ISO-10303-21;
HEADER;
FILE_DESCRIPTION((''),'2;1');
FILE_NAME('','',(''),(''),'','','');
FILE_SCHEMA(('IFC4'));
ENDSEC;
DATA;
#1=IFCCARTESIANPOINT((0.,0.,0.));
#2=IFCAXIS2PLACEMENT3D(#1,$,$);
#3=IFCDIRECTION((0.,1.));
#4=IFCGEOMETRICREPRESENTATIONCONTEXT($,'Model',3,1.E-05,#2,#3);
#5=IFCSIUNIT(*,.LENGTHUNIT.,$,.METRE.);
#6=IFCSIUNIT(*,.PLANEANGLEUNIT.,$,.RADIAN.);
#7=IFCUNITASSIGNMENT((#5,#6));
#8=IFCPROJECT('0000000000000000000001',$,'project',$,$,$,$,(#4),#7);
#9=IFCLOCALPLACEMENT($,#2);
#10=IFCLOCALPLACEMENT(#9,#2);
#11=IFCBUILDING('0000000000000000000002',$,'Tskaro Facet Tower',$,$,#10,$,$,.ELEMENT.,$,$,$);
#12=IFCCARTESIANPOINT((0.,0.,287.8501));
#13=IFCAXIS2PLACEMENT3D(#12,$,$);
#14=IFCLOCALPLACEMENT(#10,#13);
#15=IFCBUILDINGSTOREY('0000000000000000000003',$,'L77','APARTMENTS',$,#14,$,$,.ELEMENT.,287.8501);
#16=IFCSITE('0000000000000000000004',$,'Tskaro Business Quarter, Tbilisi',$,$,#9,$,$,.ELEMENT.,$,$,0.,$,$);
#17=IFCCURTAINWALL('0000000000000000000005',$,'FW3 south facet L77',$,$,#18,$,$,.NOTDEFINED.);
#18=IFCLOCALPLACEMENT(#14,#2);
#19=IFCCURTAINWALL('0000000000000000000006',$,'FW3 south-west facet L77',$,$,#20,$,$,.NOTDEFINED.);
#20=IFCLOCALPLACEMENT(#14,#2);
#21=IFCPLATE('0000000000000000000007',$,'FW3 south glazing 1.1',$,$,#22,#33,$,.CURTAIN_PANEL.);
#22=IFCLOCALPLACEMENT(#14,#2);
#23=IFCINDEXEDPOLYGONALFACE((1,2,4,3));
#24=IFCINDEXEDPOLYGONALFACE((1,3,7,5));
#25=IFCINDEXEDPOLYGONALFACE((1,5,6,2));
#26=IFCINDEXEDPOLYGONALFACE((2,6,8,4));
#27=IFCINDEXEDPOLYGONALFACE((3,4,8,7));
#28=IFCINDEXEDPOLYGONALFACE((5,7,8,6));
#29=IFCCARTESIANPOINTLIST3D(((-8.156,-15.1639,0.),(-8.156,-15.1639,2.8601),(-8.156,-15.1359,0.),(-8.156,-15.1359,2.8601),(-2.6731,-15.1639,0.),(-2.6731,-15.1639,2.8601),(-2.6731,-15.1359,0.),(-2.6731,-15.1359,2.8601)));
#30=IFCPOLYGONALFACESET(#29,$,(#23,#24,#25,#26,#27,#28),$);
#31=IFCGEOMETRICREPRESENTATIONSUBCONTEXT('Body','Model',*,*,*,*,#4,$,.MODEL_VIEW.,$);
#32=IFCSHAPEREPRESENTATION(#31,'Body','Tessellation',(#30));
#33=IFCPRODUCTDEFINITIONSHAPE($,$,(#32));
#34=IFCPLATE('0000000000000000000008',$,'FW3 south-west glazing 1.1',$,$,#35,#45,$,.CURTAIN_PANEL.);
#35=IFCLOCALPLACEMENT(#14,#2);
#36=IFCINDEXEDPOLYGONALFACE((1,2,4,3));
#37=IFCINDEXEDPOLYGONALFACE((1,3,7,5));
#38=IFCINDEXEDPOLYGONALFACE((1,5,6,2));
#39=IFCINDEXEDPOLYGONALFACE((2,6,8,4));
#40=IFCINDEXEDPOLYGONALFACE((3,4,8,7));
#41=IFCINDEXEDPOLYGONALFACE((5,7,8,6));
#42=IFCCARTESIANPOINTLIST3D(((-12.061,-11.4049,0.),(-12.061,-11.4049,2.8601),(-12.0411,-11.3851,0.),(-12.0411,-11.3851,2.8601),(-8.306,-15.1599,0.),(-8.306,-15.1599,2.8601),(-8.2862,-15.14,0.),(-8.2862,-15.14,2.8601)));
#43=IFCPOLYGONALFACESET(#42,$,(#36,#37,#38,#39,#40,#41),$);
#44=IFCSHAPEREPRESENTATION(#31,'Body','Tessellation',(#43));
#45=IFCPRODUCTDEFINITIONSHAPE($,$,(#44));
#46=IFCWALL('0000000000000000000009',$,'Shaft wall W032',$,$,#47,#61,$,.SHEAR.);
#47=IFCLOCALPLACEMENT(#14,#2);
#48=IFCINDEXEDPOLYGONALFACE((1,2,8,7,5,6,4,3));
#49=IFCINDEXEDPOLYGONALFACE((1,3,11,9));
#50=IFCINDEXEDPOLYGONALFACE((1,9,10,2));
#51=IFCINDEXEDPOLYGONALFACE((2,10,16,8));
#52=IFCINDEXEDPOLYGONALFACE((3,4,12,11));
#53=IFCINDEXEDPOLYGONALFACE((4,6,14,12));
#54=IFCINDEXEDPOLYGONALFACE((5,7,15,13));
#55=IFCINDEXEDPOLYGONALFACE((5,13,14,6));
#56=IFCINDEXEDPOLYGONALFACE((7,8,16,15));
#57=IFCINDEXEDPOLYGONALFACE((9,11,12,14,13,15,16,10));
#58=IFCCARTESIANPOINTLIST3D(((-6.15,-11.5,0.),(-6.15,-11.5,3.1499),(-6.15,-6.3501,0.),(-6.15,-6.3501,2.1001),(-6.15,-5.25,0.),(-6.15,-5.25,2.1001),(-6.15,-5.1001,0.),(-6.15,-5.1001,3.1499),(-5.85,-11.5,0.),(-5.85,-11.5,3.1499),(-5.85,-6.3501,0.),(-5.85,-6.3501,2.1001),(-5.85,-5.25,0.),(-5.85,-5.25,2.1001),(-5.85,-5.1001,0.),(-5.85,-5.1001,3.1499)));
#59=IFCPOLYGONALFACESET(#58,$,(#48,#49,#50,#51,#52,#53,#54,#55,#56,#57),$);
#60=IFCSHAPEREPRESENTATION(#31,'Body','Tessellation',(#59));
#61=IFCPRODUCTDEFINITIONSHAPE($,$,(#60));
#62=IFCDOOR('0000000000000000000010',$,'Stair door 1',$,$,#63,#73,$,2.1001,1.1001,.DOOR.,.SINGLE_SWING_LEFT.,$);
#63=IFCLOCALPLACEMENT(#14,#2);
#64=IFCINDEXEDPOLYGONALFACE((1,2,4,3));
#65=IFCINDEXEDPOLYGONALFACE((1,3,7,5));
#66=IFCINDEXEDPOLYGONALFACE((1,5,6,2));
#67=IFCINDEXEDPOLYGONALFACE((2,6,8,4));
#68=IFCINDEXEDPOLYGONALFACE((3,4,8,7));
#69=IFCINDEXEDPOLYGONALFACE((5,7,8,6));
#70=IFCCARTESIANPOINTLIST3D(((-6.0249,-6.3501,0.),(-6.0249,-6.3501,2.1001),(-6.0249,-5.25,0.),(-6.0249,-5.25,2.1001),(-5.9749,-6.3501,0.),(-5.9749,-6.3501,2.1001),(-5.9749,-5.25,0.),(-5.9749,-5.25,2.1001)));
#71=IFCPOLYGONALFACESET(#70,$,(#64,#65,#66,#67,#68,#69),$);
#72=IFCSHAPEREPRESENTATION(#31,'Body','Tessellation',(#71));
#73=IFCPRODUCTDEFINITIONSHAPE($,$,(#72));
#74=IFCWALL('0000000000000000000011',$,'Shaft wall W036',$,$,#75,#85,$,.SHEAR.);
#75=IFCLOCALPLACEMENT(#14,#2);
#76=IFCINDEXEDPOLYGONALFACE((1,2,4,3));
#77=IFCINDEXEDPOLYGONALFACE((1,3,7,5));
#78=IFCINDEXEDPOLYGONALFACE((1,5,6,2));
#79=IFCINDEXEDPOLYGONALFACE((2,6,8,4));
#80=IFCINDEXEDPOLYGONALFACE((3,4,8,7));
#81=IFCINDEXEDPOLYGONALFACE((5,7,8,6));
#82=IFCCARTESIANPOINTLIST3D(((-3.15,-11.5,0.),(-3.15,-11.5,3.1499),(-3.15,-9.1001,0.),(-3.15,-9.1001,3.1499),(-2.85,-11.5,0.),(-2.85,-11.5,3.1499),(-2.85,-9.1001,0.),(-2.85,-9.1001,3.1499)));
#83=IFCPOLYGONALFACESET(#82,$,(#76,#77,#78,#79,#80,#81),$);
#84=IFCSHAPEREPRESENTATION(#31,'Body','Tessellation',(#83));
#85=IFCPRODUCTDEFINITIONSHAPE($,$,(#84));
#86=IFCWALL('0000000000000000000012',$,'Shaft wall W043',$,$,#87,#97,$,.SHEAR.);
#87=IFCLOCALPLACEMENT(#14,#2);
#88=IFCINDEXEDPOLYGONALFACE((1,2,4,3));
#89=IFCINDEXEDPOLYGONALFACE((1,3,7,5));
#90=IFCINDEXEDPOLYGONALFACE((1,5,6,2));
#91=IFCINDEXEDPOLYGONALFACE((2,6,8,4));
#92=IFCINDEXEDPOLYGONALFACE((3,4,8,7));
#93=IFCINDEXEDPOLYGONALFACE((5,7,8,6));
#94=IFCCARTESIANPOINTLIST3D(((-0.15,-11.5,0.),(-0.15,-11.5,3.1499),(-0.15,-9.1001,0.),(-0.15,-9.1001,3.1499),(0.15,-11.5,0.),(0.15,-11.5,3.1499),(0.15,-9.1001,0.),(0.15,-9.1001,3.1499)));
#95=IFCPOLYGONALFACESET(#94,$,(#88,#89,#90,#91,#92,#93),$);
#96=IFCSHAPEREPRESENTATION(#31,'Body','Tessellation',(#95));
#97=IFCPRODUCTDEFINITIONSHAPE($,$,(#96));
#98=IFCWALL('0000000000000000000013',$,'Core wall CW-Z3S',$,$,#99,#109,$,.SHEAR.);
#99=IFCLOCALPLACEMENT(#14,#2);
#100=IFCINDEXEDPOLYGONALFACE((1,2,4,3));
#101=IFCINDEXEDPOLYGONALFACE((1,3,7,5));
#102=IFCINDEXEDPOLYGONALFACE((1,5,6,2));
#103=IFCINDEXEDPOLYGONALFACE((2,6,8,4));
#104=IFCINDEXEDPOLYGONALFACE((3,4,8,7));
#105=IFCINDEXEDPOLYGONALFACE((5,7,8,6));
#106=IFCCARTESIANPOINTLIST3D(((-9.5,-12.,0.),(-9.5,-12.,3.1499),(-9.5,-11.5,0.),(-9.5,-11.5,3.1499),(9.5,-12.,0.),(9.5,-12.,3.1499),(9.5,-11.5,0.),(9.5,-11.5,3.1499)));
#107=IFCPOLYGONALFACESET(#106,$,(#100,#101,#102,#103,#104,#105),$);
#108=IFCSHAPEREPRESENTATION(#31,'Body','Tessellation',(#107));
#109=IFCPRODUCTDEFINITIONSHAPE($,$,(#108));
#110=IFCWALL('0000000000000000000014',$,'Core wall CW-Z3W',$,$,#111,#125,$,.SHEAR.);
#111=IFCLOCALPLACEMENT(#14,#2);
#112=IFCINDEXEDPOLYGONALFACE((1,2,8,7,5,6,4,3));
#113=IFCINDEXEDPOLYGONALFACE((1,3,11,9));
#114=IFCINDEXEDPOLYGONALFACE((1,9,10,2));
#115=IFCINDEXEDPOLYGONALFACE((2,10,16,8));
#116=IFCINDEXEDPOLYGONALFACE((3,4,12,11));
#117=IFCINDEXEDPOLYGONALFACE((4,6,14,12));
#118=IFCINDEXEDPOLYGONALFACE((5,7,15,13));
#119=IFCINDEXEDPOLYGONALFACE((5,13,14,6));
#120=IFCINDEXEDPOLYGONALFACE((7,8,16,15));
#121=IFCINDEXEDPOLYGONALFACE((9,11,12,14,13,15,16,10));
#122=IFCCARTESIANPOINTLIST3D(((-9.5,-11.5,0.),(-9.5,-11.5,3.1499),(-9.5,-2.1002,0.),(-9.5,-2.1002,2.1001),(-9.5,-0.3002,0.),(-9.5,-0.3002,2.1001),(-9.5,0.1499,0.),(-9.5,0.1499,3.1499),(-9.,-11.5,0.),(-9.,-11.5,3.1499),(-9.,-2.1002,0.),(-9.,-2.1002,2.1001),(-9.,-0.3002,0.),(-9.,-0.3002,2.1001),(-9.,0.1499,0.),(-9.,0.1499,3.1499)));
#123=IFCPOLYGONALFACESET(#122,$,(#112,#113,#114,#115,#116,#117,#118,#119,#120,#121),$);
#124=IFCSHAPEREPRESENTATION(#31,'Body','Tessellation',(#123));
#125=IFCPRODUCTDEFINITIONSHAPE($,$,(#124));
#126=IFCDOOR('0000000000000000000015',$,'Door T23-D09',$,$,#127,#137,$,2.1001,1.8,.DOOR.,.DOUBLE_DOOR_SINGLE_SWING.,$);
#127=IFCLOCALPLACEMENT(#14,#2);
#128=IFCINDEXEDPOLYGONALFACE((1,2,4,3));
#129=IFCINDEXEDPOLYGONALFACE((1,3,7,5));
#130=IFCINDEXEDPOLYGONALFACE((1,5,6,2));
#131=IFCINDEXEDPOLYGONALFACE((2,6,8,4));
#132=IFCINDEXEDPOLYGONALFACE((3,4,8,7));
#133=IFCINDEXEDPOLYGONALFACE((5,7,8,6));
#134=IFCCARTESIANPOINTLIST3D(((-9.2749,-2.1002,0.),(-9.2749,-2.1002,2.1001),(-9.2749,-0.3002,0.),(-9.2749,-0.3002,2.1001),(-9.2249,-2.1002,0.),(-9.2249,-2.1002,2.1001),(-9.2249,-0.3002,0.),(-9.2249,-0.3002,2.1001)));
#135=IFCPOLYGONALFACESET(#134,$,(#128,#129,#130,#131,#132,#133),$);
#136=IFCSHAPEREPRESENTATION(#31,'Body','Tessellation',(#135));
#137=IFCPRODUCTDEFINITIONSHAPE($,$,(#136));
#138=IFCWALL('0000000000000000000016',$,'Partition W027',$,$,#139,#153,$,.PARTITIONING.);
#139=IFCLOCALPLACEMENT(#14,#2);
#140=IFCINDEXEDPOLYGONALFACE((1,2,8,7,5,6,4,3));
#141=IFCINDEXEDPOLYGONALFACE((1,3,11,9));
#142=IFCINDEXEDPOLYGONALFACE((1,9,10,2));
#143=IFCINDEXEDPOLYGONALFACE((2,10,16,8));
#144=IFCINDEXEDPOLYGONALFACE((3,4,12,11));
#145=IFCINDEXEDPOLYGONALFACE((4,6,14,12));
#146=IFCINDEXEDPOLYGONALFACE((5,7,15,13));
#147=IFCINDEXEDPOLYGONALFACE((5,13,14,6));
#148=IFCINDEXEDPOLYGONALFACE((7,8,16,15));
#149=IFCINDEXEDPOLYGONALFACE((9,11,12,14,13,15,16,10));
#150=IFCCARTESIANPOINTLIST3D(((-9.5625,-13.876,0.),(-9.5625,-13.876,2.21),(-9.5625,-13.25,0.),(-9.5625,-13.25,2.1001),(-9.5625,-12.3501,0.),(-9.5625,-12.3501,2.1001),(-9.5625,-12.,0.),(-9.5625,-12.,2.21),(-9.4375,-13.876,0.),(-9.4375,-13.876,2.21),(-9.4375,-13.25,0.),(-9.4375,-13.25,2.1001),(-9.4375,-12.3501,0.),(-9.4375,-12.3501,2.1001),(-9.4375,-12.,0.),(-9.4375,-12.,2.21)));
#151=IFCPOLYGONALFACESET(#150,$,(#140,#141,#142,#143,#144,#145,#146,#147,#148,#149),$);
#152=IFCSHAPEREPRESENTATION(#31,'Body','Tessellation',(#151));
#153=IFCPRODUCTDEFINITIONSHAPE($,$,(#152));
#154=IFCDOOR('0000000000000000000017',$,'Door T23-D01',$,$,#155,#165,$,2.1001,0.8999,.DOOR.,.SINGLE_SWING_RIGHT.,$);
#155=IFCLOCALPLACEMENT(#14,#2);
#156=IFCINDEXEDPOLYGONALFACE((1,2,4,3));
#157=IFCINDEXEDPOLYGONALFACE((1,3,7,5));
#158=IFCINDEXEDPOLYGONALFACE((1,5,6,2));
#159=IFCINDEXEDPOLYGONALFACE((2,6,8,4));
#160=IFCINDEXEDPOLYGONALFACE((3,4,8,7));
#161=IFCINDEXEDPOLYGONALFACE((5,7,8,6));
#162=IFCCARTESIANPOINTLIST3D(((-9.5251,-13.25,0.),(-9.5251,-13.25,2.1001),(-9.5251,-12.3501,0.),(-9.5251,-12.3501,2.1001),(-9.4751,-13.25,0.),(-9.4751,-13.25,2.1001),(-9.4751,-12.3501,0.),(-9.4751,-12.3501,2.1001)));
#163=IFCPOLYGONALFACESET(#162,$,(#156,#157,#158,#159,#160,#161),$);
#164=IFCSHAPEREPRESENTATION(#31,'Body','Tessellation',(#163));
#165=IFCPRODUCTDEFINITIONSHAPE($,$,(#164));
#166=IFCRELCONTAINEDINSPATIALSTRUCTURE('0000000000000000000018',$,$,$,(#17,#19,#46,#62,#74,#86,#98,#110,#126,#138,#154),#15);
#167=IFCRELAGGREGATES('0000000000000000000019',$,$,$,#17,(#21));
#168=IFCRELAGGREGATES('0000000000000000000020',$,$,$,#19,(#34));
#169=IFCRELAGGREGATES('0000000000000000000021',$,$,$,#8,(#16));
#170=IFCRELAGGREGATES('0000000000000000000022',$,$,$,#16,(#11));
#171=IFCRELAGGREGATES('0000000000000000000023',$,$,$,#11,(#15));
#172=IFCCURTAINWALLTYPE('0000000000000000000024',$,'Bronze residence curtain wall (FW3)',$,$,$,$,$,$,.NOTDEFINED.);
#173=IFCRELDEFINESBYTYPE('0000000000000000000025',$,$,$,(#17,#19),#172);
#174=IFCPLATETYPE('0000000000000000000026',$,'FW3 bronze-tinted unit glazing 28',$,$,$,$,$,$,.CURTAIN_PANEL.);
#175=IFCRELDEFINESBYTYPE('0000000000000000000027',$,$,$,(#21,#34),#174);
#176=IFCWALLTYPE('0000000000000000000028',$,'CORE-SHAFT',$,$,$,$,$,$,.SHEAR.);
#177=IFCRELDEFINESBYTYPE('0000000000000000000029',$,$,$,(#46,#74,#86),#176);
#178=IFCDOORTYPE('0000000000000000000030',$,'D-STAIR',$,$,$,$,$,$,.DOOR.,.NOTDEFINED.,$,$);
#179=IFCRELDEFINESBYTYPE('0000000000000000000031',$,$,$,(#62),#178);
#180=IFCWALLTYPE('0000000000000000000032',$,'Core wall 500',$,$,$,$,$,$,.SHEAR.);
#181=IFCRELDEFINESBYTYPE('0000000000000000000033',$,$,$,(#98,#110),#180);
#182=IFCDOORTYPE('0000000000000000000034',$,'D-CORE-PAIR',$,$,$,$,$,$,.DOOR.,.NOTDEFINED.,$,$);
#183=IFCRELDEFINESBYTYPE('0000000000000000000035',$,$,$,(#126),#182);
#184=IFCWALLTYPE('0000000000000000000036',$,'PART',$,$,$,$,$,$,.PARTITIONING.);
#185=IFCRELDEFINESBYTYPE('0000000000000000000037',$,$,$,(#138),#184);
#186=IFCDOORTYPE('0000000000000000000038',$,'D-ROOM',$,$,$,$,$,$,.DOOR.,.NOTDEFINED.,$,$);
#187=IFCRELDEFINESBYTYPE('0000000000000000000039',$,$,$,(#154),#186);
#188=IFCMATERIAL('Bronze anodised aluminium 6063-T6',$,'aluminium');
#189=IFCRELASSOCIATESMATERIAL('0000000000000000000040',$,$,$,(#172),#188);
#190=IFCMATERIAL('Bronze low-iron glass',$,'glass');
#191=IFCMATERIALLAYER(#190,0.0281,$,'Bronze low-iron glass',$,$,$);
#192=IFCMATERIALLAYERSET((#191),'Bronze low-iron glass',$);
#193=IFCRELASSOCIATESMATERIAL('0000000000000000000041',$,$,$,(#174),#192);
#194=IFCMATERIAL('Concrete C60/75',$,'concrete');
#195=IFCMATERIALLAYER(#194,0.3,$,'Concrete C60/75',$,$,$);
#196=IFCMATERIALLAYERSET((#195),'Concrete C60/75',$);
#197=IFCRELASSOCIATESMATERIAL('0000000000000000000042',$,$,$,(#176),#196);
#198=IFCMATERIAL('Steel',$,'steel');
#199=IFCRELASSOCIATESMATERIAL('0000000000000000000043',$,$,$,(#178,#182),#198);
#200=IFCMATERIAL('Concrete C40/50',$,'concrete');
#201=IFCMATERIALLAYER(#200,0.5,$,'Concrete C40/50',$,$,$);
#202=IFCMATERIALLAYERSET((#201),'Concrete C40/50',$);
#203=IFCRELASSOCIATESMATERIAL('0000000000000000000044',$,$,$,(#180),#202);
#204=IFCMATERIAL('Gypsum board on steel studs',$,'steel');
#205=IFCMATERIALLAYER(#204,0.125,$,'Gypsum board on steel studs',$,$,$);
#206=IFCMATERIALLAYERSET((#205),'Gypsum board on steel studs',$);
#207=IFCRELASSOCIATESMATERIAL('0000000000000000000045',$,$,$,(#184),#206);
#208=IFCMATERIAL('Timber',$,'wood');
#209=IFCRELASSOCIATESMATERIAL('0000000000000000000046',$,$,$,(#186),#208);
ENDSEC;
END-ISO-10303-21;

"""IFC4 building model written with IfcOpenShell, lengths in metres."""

from ifc_helpers import new_model, si_unit, direction, frame, frame_2d, origin, origin_2d, place, context, subcontext, project, spatial, rectangle, extrude, material, layer, layer_set, type_object, element, fill, aggregate, save


model = new_model("IFC4")

# Units and contexts
model_context = context("Model", 3, precision=1e-05, world=origin(), true_north=direction((0.0, 1.0)))
body_context = subcontext(model_context, "Body", "Model", "MODEL_VIEW")
ifc_project = project(units=[si_unit("LENGTHUNIT", "METRE"), si_unit("PLANEANGLEUNIT", "RADIAN")], contexts=[model_context])

# Site, building, storey
site_placement = place(None, origin())
site = spatial("IfcSite", under=ifc_project, at=site_placement, Name="Tskaro Business Quarter, Tbilisi", CompositionType="ELEMENT", RefElevation=0.0)
building_placement = place(site_placement, origin())
building = spatial("IfcBuilding", under=site, at=building_placement, Name="Tskaro Facet Tower", CompositionType="ELEMENT")
storey_placement = place(building_placement, frame((0.0, 0.0, 287.8501)))
storey = spatial("IfcBuildingStorey", under=building, at=storey_placement, Name="L77", Description="APARTMENTS", CompositionType="ELEMENT", Elevation=287.8501)

# Curtain walls
ifc_material_1 = material(Name="Bronze anodised aluminium 6063-T6", Category="aluminium")
curtain_wall_type = type_object("IfcCurtainWallType", Name="Bronze residence curtain wall (FW3)", PredefinedType="NOTDEFINED", material=ifc_material_1)
curtain_wall_1_placement = place(storey_placement, origin())
curtain_wall_1 = element("IfcCurtainWall", 1, at=curtain_wall_1_placement, inside=storey, type_object=curtain_wall_type, Name="FW3 south facet L77", PredefinedType="NOTDEFINED")
curtain_wall_2_placement = place(storey_placement, origin())
curtain_wall_2 = element("IfcCurtainWall", 2, at=curtain_wall_2_placement, inside=storey, type_object=curtain_wall_type, Name="FW3 south-west facet L77", PredefinedType="NOTDEFINED")

# Plates
ifc_material_2 = material(Name="Bronze low-iron glass", Category="glass")
ifc_layer_1 = layer(ifc_material_2, 0.0281, Name="Bronze low-iron glass")
ifc_layer_set_1 = layer_set([ifc_layer_1], Name="Bronze low-iron glass")
plate_type = type_object("IfcPlateType", Name="FW3 bronze-tinted unit glazing 28", PredefinedType="CURTAIN_PANEL", material=ifc_layer_set_1)
plate_1_placement = place(storey_placement, frame((-5.4146, -15.1499, 0.0), z_axis=(0.0, 0.0, 1.0), x_axis=(1.0, 0.0, 0.0)))
plate_1 = element("IfcPlate", 3, at=plate_1_placement, type_object=plate_type, Name="FW3 south glazing 1.1", PredefinedType="CURTAIN_PANEL", context=body_context, shape_type="SweptSolid", body=[
    extrude(rectangle(XDim=5.4829, YDim=0.0281, at=origin_2d()), origin(), (0.0, 0.0, 1.0), 2.8601),
])
aggregate(curtain_wall_1, [plate_1])
plate_2_placement = place(storey_placement, frame((-10.1736, -13.2725, 0.0), z_axis=(0.0, 0.0, 1.0), x_axis=(0.707107, -0.707107, 0.0)))
plate_2 = element("IfcPlate", 4, at=plate_2_placement, type_object=plate_type, Name="FW3 south-west glazing 1.1", PredefinedType="CURTAIN_PANEL", context=body_context, shape_type="SweptSolid", body=[
    extrude(rectangle(XDim=5.3103, YDim=0.0281, at=origin_2d()), origin(), (0.0, 0.0, 1.0), 2.8601),
])
aggregate(curtain_wall_2, [plate_2])

# Wall, opening, door
ifc_material_3 = material(Name="Concrete C60/75", Category="concrete")
ifc_layer_2 = layer(ifc_material_3, 0.3, Name="Concrete C60/75")
ifc_layer_set_2 = layer_set([ifc_layer_2], Name="Concrete C60/75")
wall_type_1 = type_object("IfcWallType", Name="CORE-SHAFT", PredefinedType="SHEAR", material=ifc_layer_set_2)
wall_1_placement = place(storey_placement, frame((-6.0, -11.5, 0.0), z_axis=(0.0, 0.0, 1.0), x_axis=(0.0, 1.0, 0.0)))
wall_1 = element("IfcWall", 5, at=wall_1_placement, inside=storey, type_object=wall_type_1, Name="Shaft wall W032", PredefinedType="SHEAR", context=body_context, shape_type="SweptSolid", body=[
    extrude(rectangle(XDim=6.3999, YDim=0.3, at=frame_2d((3.2, 0.0))), origin(), (0.0, 0.0, 1.0), 3.1499),
])
opening_1_placement = place(wall_1_placement, frame((5.1499, 0.0, 0.0)))
opening_1 = element("IfcOpeningElement", 6, at=opening_1_placement, cuts=wall_1, PredefinedType="OPENING", context=body_context, shape_type="SweptSolid", body=[
    extrude(rectangle(XDim=1.1001, YDim=2.1001, at=frame_2d((0.55, 1.05))), frame((0.0, 0.1599, 0.0), z_axis=(0.0, -1.0, 0.0), x_axis=(1.0, 0.0, 0.0)), (0.0, 0.0, 1.0), 0.3201),
])
ifc_material_4 = material(Name="Steel", Category="steel")
door_type_1 = type_object("IfcDoorType", Name="D-STAIR", OperationType="NOTDEFINED", PredefinedType="DOOR", material=ifc_material_4)
door_1_placement = place(opening_1_placement, origin())
door_1 = element("IfcDoor", 7, at=door_1_placement, inside=storey, type_object=door_type_1, Name="Stair door 1", OperationType="SINGLE_SWING_LEFT", OverallHeight=2.1001, OverallWidth=1.1001, PredefinedType="DOOR", context=body_context, shape_type="SweptSolid", body=[
    extrude(rectangle(XDim=1.1001, YDim=2.1001, at=frame_2d((0.55, 1.05))), frame((0.0, 0.0249, 0.0), z_axis=(0.0, -1.0, 0.0), x_axis=(1.0, 0.0, 0.0)), (0.0, 0.0, 1.0), 0.05),
])
fill(opening_1, door_1)

# Walls
for number, where, z_axis, x_axis, name in (
    (8, (-3.0, -11.5, 0.0), (0.0, 0.0, 1.0), (0.0, 1.0, 0.0), "Shaft wall W036"),
    (9, (0.0, -11.5, 0.0), (0.0, 0.0, 1.0), (0.0, 1.0, 0.0), "Shaft wall W043"),
):
    element("IfcWall", number, at=place(storey_placement, frame(where, z_axis=z_axis, x_axis=x_axis)), inside=storey, type_object=wall_type_1, Name=name, PredefinedType="SHEAR", context=body_context, shape_type="SweptSolid", body=[
        extrude(rectangle(XDim=2.3999, YDim=0.3, at=frame_2d((1.2, 0.0))), origin(), (0.0, 0.0, 1.0), 3.1499),
    ])
ifc_material_5 = material(Name="Concrete C40/50", Category="concrete")
ifc_layer_3 = layer(ifc_material_5, 0.5, Name="Concrete C40/50")
ifc_layer_set_3 = layer_set([ifc_layer_3], Name="Concrete C40/50")
wall_type_2 = type_object("IfcWallType", Name="Core wall 500", PredefinedType="SHEAR", material=ifc_layer_set_3)
wall_2_placement = place(storey_placement, frame((-9.5, -11.75, 0.0), z_axis=(0.0, 0.0, 1.0), x_axis=(1.0, 0.0, 0.0)))
element("IfcWall", 10, at=wall_2_placement, inside=storey, type_object=wall_type_2, Name="Core wall CW-Z3S", PredefinedType="SHEAR", context=body_context, shape_type="SweptSolid", body=[
    extrude(rectangle(XDim=19.0, YDim=0.5, at=frame_2d((9.5, 0.0))), origin(), (0.0, 0.0, 1.0), 3.1499),
])

# Walls, openings, doors
wall_3_placement = place(storey_placement, frame((-9.25, -11.5, 0.0), z_axis=(0.0, 0.0, 1.0), x_axis=(0.0, 1.0, 0.0)))
wall_3 = element("IfcWall", 11, at=wall_3_placement, inside=storey, type_object=wall_type_2, Name="Core wall CW-Z3W", PredefinedType="SHEAR", context=body_context, shape_type="SweptSolid", body=[
    extrude(rectangle(XDim=11.6499, YDim=0.5, at=frame_2d((5.825, 0.0))), origin(), (0.0, 0.0, 1.0), 3.1499),
])
opening_2_placement = place(wall_3_placement, frame((9.3999, 0.0, 0.0)))
opening_2 = element("IfcOpeningElement", 12, at=opening_2_placement, cuts=wall_3, PredefinedType="OPENING", context=body_context, shape_type="SweptSolid", body=[
    extrude(rectangle(XDim=1.8, YDim=2.1001, at=frame_2d((0.8999, 1.05))), frame((0.0, 0.26, 0.0), z_axis=(0.0, -1.0, 0.0), x_axis=(1.0, 0.0, 0.0)), (0.0, 0.0, 1.0), 0.52),
])
door_type_2 = type_object("IfcDoorType", Name="D-CORE-PAIR", OperationType="NOTDEFINED", PredefinedType="DOOR", material=ifc_material_4)
door_2_placement = place(opening_2_placement, origin())
door_2 = element("IfcDoor", 13, at=door_2_placement, inside=storey, type_object=door_type_2, Name="Door T23-D09", OperationType="DOUBLE_DOOR_SINGLE_SWING", OverallHeight=2.1001, OverallWidth=1.8, PredefinedType="DOOR", context=body_context, shape_type="SweptSolid", body=[
    extrude(rectangle(XDim=1.8, YDim=2.1001, at=frame_2d((0.8999, 1.05))), frame((0.0, 0.0249, 0.0), z_axis=(0.0, -1.0, 0.0), x_axis=(1.0, 0.0, 0.0)), (0.0, 0.0, 1.0), 0.05),
])
fill(opening_2, door_2)
ifc_material_6 = material(Name="Gypsum board on steel studs", Category="steel")
ifc_layer_4 = layer(ifc_material_6, 0.125, Name="Gypsum board on steel studs")
ifc_layer_set_4 = layer_set([ifc_layer_4], Name="Gypsum board on steel studs")
wall_type_3 = type_object("IfcWallType", Name="PART", PredefinedType="PARTITIONING", material=ifc_layer_set_4)
wall_4_placement = place(storey_placement, frame((-9.5, -12.0, 0.0), z_axis=(0.0, 0.0, 1.0), x_axis=(0.0, -1.0, 0.0)))
wall_4 = element("IfcWall", 14, at=wall_4_placement, inside=storey, type_object=wall_type_3, Name="Partition W027", PredefinedType="PARTITIONING", context=body_context, shape_type="SweptSolid", body=[
    extrude(rectangle(XDim=1.876, YDim=0.125, at=frame_2d((0.938, 0.0))), origin(), (0.0, 0.0, 1.0), 2.21),
])
opening_3_placement = place(wall_4_placement, frame((0.3501, 0.0, 0.0)))
opening_3 = element("IfcOpeningElement", 15, at=opening_3_placement, cuts=wall_4, PredefinedType="OPENING", context=body_context, shape_type="SweptSolid", body=[
    extrude(rectangle(XDim=0.8999, YDim=2.1001, at=frame_2d((0.45, 1.05))), frame((0.0, 0.0725, 0.0), z_axis=(0.0, -1.0, 0.0), x_axis=(1.0, 0.0, 0.0)), (0.0, 0.0, 1.0), 0.145),
])
ifc_material_7 = material(Name="Timber", Category="wood")
door_type_3 = type_object("IfcDoorType", Name="D-ROOM", OperationType="NOTDEFINED", PredefinedType="DOOR", material=ifc_material_7)
door_3_placement = place(opening_3_placement, origin())
door_3 = element("IfcDoor", 16, at=door_3_placement, inside=storey, type_object=door_type_3, Name="Door T23-D01", OperationType="SINGLE_SWING_RIGHT", OverallHeight=2.1001, OverallWidth=0.8999, PredefinedType="DOOR", context=body_context, shape_type="SweptSolid", body=[
    extrude(rectangle(XDim=0.8999, YDim=2.1001, at=frame_2d((0.45, 1.05))), frame((0.0, 0.0249, 0.0), z_axis=(0.0, -1.0, 0.0), x_axis=(1.0, 0.0, 0.0)), (0.0, 0.0, 1.0), 0.05),
])
fill(opening_3, door_3)

save(model, "model.ifc")
